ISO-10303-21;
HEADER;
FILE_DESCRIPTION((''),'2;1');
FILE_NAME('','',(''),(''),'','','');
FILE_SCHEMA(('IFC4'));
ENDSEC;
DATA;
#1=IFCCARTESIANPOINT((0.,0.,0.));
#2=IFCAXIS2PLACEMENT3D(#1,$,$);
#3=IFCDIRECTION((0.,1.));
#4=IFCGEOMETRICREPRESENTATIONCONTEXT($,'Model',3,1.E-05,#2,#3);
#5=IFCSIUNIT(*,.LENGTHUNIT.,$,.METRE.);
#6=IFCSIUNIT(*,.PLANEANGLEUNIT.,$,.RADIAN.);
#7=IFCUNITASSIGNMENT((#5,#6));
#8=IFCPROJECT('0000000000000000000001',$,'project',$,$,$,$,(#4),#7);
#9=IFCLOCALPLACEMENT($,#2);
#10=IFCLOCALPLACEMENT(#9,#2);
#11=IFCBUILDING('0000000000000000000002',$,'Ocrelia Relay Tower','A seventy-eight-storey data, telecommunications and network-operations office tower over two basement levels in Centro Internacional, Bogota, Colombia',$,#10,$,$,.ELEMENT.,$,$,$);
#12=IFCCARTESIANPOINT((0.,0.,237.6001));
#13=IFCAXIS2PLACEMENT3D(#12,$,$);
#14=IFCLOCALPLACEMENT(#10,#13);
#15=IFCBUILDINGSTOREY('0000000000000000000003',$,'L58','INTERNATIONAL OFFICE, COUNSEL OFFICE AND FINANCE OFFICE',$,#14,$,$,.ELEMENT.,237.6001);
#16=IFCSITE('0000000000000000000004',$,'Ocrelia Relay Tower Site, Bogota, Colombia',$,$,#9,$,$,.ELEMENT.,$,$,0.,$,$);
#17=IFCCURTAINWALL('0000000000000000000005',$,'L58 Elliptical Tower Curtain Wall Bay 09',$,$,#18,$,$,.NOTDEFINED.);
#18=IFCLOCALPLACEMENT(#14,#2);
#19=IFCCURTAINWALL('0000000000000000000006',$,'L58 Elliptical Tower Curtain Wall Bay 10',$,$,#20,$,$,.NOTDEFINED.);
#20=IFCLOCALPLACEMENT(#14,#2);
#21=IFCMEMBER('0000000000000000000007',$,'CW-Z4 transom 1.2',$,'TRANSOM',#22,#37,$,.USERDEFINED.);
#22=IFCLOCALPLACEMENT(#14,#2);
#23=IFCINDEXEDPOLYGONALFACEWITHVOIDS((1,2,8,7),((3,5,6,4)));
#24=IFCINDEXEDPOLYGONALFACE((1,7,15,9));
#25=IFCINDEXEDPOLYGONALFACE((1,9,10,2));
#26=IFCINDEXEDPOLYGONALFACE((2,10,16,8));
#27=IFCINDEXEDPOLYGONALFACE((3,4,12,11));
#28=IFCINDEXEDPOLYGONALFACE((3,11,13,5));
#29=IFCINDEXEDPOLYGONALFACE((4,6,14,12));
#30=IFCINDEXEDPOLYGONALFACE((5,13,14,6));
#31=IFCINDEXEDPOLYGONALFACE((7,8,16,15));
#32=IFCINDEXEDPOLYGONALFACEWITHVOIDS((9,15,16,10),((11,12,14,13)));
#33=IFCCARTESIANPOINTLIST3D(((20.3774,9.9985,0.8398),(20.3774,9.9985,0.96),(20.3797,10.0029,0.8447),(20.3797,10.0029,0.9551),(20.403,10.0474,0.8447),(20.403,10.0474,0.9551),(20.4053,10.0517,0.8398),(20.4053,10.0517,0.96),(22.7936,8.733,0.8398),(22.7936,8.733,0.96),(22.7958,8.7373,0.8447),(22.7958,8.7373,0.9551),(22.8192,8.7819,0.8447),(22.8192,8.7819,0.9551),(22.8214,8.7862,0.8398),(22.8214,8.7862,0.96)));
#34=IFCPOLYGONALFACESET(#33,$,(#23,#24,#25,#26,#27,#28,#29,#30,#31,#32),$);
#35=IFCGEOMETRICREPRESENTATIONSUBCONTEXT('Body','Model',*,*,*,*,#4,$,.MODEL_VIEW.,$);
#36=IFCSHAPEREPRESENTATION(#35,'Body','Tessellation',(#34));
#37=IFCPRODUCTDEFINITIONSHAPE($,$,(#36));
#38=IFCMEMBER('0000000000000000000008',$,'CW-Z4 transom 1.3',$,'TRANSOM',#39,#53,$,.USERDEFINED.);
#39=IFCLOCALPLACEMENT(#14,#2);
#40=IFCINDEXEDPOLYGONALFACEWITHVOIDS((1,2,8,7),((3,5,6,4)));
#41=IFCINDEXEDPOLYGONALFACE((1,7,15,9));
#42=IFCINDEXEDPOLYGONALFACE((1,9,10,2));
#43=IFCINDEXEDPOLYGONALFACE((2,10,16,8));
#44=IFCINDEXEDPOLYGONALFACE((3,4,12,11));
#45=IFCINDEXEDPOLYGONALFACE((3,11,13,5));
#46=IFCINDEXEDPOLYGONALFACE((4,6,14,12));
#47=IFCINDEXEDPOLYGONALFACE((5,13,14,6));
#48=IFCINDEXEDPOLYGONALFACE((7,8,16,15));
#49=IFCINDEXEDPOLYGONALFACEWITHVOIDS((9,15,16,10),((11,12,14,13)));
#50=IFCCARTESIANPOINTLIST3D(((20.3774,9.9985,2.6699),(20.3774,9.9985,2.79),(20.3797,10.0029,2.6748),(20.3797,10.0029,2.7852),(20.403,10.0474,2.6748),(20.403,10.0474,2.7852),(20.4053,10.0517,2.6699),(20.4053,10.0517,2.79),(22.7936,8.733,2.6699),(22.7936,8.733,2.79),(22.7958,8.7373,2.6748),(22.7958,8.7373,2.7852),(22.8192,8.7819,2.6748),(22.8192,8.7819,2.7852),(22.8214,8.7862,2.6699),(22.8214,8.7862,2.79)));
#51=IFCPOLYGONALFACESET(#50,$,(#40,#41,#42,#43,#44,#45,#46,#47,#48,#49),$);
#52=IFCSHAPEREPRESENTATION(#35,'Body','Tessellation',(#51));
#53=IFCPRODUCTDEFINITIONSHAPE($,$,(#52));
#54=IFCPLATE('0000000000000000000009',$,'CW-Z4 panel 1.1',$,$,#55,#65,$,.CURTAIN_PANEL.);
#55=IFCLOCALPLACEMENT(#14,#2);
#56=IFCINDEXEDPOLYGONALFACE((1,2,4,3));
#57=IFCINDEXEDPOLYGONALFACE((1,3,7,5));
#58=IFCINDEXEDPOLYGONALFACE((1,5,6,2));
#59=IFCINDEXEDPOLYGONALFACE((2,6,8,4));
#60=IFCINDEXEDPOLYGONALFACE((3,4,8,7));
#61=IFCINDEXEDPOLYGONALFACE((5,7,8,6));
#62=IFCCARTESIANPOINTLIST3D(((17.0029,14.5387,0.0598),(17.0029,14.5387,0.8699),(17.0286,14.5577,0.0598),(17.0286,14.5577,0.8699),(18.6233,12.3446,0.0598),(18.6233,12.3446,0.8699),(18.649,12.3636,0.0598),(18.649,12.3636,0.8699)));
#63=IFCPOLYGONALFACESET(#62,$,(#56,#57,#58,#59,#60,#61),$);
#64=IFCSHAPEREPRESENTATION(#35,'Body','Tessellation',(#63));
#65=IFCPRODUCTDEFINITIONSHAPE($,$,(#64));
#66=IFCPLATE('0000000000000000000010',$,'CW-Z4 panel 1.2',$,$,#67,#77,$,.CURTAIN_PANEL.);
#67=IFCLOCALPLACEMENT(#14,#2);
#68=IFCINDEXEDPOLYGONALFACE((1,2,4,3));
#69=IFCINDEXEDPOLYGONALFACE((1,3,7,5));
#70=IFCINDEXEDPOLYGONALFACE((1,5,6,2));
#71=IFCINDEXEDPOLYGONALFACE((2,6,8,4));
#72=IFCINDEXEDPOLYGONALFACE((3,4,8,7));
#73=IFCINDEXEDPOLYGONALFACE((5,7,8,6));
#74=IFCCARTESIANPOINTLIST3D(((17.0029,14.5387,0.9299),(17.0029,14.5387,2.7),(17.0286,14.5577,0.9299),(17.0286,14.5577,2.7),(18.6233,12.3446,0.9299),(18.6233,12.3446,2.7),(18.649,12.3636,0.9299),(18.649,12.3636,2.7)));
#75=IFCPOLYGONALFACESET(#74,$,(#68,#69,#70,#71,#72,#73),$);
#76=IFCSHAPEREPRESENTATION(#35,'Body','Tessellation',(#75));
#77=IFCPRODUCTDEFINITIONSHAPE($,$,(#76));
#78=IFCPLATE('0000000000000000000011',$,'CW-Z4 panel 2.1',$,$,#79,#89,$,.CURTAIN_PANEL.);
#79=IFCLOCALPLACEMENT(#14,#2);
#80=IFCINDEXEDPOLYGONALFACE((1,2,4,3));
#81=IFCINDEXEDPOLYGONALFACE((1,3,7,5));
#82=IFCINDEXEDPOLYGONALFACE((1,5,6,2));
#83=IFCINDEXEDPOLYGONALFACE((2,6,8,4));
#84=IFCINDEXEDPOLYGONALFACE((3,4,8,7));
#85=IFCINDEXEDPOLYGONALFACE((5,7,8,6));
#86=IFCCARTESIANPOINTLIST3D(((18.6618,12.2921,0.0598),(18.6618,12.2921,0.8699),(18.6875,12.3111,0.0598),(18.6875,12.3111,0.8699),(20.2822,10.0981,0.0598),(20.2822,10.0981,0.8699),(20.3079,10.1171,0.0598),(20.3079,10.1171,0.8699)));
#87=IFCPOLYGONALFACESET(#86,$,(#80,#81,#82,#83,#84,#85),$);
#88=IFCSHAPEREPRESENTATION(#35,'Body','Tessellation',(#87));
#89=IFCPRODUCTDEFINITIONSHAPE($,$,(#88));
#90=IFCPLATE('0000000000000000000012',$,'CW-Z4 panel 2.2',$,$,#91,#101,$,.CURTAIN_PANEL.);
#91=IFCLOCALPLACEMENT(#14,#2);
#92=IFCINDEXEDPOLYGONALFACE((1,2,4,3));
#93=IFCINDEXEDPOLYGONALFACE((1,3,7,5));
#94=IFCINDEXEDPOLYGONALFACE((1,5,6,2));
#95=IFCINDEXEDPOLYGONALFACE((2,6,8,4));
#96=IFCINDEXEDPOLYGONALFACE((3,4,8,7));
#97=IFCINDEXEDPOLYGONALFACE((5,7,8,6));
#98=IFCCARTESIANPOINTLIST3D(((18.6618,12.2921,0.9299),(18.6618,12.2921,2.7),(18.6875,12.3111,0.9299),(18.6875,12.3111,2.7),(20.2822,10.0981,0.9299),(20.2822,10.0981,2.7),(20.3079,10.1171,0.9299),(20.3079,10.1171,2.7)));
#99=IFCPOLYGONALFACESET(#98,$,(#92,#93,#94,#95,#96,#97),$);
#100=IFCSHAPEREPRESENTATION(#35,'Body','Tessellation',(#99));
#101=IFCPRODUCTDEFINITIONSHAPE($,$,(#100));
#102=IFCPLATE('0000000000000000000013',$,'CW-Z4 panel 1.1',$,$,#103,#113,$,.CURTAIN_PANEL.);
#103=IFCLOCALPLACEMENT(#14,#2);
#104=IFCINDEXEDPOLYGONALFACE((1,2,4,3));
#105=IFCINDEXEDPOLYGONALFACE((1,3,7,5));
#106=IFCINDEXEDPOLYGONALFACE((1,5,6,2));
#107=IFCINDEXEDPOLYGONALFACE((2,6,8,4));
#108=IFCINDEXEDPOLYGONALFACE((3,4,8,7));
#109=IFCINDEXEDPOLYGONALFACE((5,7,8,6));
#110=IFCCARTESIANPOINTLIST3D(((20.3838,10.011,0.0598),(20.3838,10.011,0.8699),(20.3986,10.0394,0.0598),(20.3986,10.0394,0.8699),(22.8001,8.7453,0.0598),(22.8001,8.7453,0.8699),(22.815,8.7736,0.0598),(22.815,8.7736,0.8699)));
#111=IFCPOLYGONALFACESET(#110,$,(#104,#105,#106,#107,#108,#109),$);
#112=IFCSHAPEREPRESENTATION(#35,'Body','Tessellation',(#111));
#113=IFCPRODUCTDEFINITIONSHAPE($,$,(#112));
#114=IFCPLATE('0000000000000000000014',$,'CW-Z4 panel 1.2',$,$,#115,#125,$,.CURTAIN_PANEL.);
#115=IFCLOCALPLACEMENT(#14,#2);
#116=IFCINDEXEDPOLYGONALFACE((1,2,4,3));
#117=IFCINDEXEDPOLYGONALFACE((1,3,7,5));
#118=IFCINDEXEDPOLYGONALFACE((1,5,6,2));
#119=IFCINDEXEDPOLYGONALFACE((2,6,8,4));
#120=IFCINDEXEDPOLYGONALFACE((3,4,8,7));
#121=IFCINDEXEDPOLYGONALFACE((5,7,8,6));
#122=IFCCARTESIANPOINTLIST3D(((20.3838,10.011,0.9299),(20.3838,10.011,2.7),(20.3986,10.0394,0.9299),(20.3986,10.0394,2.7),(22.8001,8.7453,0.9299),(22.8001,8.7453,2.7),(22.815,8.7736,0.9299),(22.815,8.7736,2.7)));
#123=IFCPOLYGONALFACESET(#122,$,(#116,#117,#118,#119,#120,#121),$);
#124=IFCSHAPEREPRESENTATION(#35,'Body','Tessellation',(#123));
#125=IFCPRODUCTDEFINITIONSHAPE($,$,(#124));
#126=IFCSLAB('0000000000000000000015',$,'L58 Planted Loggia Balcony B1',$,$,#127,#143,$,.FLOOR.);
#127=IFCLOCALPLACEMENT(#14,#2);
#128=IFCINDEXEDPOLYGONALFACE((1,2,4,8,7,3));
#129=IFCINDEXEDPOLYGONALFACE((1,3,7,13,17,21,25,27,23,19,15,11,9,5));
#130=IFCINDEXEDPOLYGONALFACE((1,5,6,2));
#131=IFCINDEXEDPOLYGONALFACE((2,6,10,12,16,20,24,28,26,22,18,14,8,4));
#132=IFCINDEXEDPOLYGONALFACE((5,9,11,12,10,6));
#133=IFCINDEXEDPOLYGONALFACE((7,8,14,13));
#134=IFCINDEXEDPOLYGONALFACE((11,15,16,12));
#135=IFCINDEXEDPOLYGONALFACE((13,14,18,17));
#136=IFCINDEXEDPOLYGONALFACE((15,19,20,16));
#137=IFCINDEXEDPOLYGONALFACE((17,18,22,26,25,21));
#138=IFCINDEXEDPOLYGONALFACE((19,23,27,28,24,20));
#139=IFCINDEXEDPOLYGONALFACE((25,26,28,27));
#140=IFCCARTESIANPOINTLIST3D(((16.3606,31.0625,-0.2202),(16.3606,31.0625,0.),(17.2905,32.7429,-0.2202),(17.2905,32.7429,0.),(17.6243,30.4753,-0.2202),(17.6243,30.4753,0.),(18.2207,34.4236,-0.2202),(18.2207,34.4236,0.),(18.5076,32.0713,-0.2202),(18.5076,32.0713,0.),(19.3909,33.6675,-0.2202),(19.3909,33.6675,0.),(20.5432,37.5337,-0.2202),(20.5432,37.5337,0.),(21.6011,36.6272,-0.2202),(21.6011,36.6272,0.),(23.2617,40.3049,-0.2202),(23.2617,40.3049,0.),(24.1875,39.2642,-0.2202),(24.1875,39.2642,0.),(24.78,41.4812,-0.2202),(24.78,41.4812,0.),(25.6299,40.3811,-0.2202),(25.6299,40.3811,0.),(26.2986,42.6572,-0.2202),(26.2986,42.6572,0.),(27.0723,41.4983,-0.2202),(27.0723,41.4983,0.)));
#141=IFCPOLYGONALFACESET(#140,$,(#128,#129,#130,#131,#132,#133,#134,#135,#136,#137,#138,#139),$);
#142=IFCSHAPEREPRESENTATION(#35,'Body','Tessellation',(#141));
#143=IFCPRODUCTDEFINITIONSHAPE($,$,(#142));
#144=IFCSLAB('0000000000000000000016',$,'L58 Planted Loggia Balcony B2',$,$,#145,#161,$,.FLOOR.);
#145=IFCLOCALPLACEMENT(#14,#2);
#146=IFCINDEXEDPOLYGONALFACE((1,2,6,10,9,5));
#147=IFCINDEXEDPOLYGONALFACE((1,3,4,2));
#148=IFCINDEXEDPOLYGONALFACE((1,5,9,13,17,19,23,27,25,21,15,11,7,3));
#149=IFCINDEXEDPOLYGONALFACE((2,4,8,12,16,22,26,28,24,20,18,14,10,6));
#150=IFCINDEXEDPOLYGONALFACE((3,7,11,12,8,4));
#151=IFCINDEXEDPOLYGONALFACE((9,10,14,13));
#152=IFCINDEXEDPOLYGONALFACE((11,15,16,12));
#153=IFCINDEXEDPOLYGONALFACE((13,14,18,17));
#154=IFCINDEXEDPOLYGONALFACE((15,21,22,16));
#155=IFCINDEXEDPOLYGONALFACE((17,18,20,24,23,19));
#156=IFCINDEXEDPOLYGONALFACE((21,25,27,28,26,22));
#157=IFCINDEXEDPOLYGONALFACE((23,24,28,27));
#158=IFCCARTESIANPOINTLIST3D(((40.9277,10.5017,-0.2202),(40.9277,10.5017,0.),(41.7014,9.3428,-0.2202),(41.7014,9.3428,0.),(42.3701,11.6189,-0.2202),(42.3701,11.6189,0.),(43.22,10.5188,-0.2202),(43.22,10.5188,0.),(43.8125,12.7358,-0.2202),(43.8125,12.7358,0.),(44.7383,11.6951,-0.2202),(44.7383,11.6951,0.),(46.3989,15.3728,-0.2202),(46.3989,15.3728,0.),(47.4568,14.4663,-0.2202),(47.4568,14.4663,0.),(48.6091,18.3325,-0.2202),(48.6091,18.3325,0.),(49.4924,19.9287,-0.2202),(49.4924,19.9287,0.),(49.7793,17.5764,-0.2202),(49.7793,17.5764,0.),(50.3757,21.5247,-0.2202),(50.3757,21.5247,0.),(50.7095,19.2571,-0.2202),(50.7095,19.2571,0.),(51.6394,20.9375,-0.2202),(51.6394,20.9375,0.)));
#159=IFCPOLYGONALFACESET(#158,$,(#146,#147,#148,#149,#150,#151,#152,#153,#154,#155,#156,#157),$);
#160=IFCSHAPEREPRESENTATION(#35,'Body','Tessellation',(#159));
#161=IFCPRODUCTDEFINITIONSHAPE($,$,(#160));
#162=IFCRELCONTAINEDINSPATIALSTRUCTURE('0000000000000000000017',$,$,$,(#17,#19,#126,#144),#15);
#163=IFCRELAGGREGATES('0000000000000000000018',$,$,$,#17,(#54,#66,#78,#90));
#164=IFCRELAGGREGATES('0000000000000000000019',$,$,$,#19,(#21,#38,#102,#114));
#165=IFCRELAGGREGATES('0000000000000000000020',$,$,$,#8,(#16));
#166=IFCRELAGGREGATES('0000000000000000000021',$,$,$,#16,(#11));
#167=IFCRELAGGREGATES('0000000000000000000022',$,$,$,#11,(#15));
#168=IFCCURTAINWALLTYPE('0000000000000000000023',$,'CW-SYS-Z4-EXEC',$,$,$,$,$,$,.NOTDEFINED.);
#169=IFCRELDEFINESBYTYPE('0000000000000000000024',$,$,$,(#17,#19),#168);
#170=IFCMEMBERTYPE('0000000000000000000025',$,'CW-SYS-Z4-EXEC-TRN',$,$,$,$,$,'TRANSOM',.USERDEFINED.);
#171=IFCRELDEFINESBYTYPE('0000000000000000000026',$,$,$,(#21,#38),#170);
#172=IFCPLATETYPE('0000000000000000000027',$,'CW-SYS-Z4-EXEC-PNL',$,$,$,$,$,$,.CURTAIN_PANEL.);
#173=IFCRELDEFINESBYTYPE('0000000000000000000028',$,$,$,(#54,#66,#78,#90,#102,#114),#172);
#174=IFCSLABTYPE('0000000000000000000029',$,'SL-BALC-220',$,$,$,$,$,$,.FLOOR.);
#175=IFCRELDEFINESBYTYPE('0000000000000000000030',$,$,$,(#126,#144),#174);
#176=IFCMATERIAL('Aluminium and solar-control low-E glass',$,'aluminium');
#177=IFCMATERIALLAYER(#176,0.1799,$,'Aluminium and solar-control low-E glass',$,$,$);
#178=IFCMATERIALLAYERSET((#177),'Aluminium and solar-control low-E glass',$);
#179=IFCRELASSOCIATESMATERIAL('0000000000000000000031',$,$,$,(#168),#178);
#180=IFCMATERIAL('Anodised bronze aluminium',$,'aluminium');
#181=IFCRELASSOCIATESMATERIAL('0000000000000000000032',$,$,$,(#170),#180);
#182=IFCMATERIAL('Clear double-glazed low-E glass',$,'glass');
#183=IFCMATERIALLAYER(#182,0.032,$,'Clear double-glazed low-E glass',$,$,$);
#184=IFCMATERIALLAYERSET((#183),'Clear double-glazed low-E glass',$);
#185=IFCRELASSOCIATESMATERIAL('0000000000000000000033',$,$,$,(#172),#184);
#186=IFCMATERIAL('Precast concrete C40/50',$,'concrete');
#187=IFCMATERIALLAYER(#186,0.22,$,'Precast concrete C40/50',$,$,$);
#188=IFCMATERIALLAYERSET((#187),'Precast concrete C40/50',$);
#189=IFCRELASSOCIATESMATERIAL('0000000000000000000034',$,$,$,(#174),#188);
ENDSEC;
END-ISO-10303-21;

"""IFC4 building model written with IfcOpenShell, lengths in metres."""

from ifc_helpers import new_model, si_unit, direction, frame, origin, origin_2d, place, context, subcontext, project, spatial, polyline, rectangle, hollow_rectangle, outline, extrude, material, layer, layer_set, material_profile, profile_set, type_object, element, aggregate, save


model = new_model("IFC4")

# Units and contexts
model_context = context("Model", 3, precision=1e-05, world=origin(), true_north=direction((0.0, 1.0)))
body_context = subcontext(model_context, "Body", "Model", "MODEL_VIEW")
ifc_project = project(units=[si_unit("LENGTHUNIT", "METRE"), si_unit("PLANEANGLEUNIT", "RADIAN")], contexts=[model_context])

# Site, building, storey
site_placement = place(None, origin())
site = spatial("IfcSite", under=ifc_project, at=site_placement, Name="Ocrelia Relay Tower Site, Bogota, Colombia", CompositionType="ELEMENT", RefElevation=0.0)
building_placement = place(site_placement, origin())
building = spatial("IfcBuilding", under=site, at=building_placement, Name="Ocrelia Relay Tower", Description="A seventy-eight-storey data, telecommunications and network-operations office tower over two basement levels in Centro Internacional, Bogota, Colombia", CompositionType="ELEMENT")
storey_placement = place(building_placement, frame((0.0, 0.0, 237.6001)))
storey = spatial("IfcBuildingStorey", under=building, at=storey_placement, Name="L58", Description="INTERNATIONAL OFFICE, COUNSEL OFFICE AND FINANCE OFFICE", CompositionType="ELEMENT", Elevation=237.6001)

# Curtain wall
ifc_material_1 = material(Name="Aluminium and solar-control low-E glass", Category="aluminium")
ifc_layer_1 = layer(ifc_material_1, 0.1799, Name="Aluminium and solar-control low-E glass")
ifc_layer_set_1 = layer_set([ifc_layer_1], Name="Aluminium and solar-control low-E glass")
curtain_wall_type = type_object("IfcCurtainWallType", Name="CW-SYS-Z4-EXEC", PredefinedType="NOTDEFINED", material=ifc_layer_set_1)
curtain_wall_1_placement = place(storey_placement, origin())
curtain_wall_1 = element("IfcCurtainWall", 1, at=curtain_wall_1_placement, inside=storey, type_object=curtain_wall_type, Name="L58 Elliptical Tower Curtain Wall Bay 09", PredefinedType="NOTDEFINED")
ifc_material_2 = material(Name="Anodised bronze aluminium", Category="aluminium")

# Curtain wall
curtain_wall_2_placement = place(storey_placement, origin())
curtain_wall_2 = element("IfcCurtainWall", 2, at=curtain_wall_2_placement, inside=storey, type_object=curtain_wall_type, Name="L58 Elliptical Tower Curtain Wall Bay 10", PredefinedType="NOTDEFINED")

# Members
ifc_material_profile_1 = material_profile(ifc_material_2, hollow_rectangle(XDim=0.0601, YDim=0.1201, WallThickness=0.0049, at=origin_2d()), Name="CW-TRN-120x60")
ifc_profile_set_1 = profile_set([ifc_material_profile_1], Name="Anodised bronze aluminium")
member_type_1 = type_object("IfcMemberType", Name="CW-SYS-Z4-EXEC-TRN", ElementType="TRANSOM", PredefinedType="USERDEFINED", material=ifc_profile_set_1)
member_1_placement = place(storey_placement, frame((20.3914, 10.0251, 0.8999), z_axis=(0.885837, -0.463997, 0.0), x_axis=(0.463997, 0.885837, 0.0)))
member_1 = element("IfcMember", 3, at=member_1_placement, type_object=member_type_1, Name="CW-Z4 transom 1.2", ObjectType="TRANSOM", PredefinedType="USERDEFINED", context=body_context, shape_type="SweptSolid", body=[
    extrude(hollow_rectangle(XDim=0.0601, YDim=0.1201, WallThickness=0.0049, at=origin_2d()), origin(), (0.0, 0.0, 1.0), 2.7275),
])
member_2_placement = place(storey_placement, frame((20.3914, 10.0251, 2.73), z_axis=(0.885837, -0.463997, 0.0), x_axis=(0.463997, 0.885837, 0.0)))
member_2 = element("IfcMember", 4, at=member_2_placement, type_object=member_type_1, Name="CW-Z4 transom 1.3", ObjectType="TRANSOM", PredefinedType="USERDEFINED", context=body_context, shape_type="SweptSolid", body=[
    extrude(hollow_rectangle(XDim=0.0601, YDim=0.1201, WallThickness=0.0049, at=origin_2d()), origin(), (0.0, 0.0, 1.0), 2.7275),
])

# Plates
ifc_material_3 = material(Name="Clear double-glazed low-E glass", Category="glass")
ifc_layer_2 = layer(ifc_material_3, 0.032, Name="Clear double-glazed low-E glass")
ifc_layer_set_2 = layer_set([ifc_layer_2], Name="Clear double-glazed low-E glass")
plate_type = type_object("IfcPlateType", Name="CW-SYS-Z4-EXEC-PNL", PredefinedType="CURTAIN_PANEL", material=ifc_layer_set_2)
plate_1_placement = place(storey_placement, frame((17.8259, 13.4512, 0.0598), z_axis=(0.0, 0.0, 1.0), x_axis=(0.59408, -0.804406, 0.0)))
plate_1 = element("IfcPlate", 5, at=plate_1_placement, type_object=plate_type, Name="CW-Z4 panel 1.1", PredefinedType="CURTAIN_PANEL", context=body_context, shape_type="SweptSolid", body=[
    extrude(rectangle(XDim=2.7275, YDim=0.032, at=origin_2d()), origin(), (0.0, 0.0, 1.0), 0.8101),
])
plate_2_placement = place(storey_placement, frame((17.8259, 13.4512, 0.9299), z_axis=(0.0, 0.0, 1.0), x_axis=(0.59408, -0.804406, 0.0)))
plate_2 = element("IfcPlate", 6, at=plate_2_placement, type_object=plate_type, Name="CW-Z4 panel 1.2", PredefinedType="CURTAIN_PANEL", context=body_context, shape_type="SweptSolid", body=[
    extrude(rectangle(XDim=2.7275, YDim=0.032, at=origin_2d()), origin(), (0.0, 0.0, 1.0), 1.77),
])
plate_3_placement = place(storey_placement, frame((19.4849, 11.2046, 0.0598), z_axis=(0.0, 0.0, 1.0), x_axis=(0.59408, -0.804406, 0.0)))
plate_3 = element("IfcPlate", 7, at=plate_3_placement, type_object=plate_type, Name="CW-Z4 panel 2.1", PredefinedType="CURTAIN_PANEL", context=body_context, shape_type="SweptSolid", body=[
    extrude(rectangle(XDim=2.7275, YDim=0.032, at=origin_2d()), origin(), (0.0, 0.0, 1.0), 0.8101),
])
plate_4_placement = place(storey_placement, frame((19.4849, 11.2046, 0.9299), z_axis=(0.0, 0.0, 1.0), x_axis=(0.59408, -0.804406, 0.0)))
plate_4 = element("IfcPlate", 8, at=plate_4_placement, type_object=plate_type, Name="CW-Z4 panel 2.2", PredefinedType="CURTAIN_PANEL", context=body_context, shape_type="SweptSolid", body=[
    extrude(rectangle(XDim=2.7275, YDim=0.032, at=origin_2d()), origin(), (0.0, 0.0, 1.0), 1.77),
])
aggregate(curtain_wall_1, [plate_1, plate_2, plate_3, plate_4])
plate_5_placement = place(storey_placement, frame((21.5994, 9.3923, 0.0598), z_axis=(0.0, 0.0, 1.0), x_axis=(0.885822, -0.464025, 0.0)))
plate_5 = element("IfcPlate", 9, at=plate_5_placement, type_object=plate_type, Name="CW-Z4 panel 1.1", PredefinedType="CURTAIN_PANEL", context=body_context, shape_type="SweptSolid", body=[
    extrude(rectangle(XDim=2.7278, YDim=0.032, at=origin_2d()), origin(), (0.0, 0.0, 1.0), 0.8101),
])
plate_6_placement = place(storey_placement, frame((21.5994, 9.3923, 0.9299), z_axis=(0.0, 0.0, 1.0), x_axis=(0.885822, -0.464025, 0.0)))
plate_6 = element("IfcPlate", 10, at=plate_6_placement, type_object=plate_type, Name="CW-Z4 panel 1.2", PredefinedType="CURTAIN_PANEL", context=body_context, shape_type="SweptSolid", body=[
    extrude(rectangle(XDim=2.7278, YDim=0.032, at=origin_2d()), origin(), (0.0, 0.0, 1.0), 1.77),
])
aggregate(curtain_wall_2, [member_1, member_2, plate_5, plate_6])

# Slabs
ifc_material_4 = material(Name="Precast concrete C40/50", Category="concrete")
ifc_layer_3 = layer(ifc_material_4, 0.22, Name="Precast concrete C40/50")
ifc_layer_set_3 = layer_set([ifc_layer_3], Name="Precast concrete C40/50")
slab_type_1 = type_object("IfcSlabType", Name="SL-BALC-220", PredefinedType="FLOOR", material=ifc_layer_set_3)
slab_1_placement = place(storey_placement, frame((0.0, 0.0, -0.2202)))
element("IfcSlab", 11, at=slab_1_placement, inside=storey, type_object=slab_type_1, Name="L58 Planted Loggia Balcony B1", PredefinedType="FLOOR", context=body_context, shape_type="SweptSolid", body=[
    extrude(outline(polyline([(27.0723, 41.4983), (25.6299, 40.3811), (24.1875, 39.2642), (21.6011, 36.6272), (19.3909, 33.6675), (18.5076, 32.0713), (17.6243, 30.4753), (16.3606, 31.0625), (17.2905, 32.7429), (18.2207, 34.4236), (20.5432, 37.5337), (23.2617, 40.3049), (24.78, 41.4812), (26.2986, 42.6572), (27.0723, 41.4983)])), origin(), (0.0, 0.0, 1.0), 0.2202),
])
slab_2_placement = place(storey_placement, frame((0.0, 0.0, -0.2202)))
element("IfcSlab", 12, at=slab_2_placement, inside=storey, type_object=slab_type_1, Name="L58 Planted Loggia Balcony B2", PredefinedType="FLOOR", context=body_context, shape_type="SweptSolid", body=[
    extrude(outline(polyline([(40.9277, 10.5017), (42.3701, 11.6189), (43.8125, 12.7358), (46.3989, 15.3728), (48.6091, 18.3325), (49.4924, 19.9287), (50.3757, 21.5247), (51.6394, 20.9375), (50.7095, 19.2571), (49.7793, 17.5764), (47.4568, 14.4663), (44.7383, 11.6951), (43.22, 10.5188), (41.7014, 9.3428), (40.9277, 10.5017)])), origin(), (0.0, 0.0, 1.0), 0.2202),
])

save(model, "model.ifc")
